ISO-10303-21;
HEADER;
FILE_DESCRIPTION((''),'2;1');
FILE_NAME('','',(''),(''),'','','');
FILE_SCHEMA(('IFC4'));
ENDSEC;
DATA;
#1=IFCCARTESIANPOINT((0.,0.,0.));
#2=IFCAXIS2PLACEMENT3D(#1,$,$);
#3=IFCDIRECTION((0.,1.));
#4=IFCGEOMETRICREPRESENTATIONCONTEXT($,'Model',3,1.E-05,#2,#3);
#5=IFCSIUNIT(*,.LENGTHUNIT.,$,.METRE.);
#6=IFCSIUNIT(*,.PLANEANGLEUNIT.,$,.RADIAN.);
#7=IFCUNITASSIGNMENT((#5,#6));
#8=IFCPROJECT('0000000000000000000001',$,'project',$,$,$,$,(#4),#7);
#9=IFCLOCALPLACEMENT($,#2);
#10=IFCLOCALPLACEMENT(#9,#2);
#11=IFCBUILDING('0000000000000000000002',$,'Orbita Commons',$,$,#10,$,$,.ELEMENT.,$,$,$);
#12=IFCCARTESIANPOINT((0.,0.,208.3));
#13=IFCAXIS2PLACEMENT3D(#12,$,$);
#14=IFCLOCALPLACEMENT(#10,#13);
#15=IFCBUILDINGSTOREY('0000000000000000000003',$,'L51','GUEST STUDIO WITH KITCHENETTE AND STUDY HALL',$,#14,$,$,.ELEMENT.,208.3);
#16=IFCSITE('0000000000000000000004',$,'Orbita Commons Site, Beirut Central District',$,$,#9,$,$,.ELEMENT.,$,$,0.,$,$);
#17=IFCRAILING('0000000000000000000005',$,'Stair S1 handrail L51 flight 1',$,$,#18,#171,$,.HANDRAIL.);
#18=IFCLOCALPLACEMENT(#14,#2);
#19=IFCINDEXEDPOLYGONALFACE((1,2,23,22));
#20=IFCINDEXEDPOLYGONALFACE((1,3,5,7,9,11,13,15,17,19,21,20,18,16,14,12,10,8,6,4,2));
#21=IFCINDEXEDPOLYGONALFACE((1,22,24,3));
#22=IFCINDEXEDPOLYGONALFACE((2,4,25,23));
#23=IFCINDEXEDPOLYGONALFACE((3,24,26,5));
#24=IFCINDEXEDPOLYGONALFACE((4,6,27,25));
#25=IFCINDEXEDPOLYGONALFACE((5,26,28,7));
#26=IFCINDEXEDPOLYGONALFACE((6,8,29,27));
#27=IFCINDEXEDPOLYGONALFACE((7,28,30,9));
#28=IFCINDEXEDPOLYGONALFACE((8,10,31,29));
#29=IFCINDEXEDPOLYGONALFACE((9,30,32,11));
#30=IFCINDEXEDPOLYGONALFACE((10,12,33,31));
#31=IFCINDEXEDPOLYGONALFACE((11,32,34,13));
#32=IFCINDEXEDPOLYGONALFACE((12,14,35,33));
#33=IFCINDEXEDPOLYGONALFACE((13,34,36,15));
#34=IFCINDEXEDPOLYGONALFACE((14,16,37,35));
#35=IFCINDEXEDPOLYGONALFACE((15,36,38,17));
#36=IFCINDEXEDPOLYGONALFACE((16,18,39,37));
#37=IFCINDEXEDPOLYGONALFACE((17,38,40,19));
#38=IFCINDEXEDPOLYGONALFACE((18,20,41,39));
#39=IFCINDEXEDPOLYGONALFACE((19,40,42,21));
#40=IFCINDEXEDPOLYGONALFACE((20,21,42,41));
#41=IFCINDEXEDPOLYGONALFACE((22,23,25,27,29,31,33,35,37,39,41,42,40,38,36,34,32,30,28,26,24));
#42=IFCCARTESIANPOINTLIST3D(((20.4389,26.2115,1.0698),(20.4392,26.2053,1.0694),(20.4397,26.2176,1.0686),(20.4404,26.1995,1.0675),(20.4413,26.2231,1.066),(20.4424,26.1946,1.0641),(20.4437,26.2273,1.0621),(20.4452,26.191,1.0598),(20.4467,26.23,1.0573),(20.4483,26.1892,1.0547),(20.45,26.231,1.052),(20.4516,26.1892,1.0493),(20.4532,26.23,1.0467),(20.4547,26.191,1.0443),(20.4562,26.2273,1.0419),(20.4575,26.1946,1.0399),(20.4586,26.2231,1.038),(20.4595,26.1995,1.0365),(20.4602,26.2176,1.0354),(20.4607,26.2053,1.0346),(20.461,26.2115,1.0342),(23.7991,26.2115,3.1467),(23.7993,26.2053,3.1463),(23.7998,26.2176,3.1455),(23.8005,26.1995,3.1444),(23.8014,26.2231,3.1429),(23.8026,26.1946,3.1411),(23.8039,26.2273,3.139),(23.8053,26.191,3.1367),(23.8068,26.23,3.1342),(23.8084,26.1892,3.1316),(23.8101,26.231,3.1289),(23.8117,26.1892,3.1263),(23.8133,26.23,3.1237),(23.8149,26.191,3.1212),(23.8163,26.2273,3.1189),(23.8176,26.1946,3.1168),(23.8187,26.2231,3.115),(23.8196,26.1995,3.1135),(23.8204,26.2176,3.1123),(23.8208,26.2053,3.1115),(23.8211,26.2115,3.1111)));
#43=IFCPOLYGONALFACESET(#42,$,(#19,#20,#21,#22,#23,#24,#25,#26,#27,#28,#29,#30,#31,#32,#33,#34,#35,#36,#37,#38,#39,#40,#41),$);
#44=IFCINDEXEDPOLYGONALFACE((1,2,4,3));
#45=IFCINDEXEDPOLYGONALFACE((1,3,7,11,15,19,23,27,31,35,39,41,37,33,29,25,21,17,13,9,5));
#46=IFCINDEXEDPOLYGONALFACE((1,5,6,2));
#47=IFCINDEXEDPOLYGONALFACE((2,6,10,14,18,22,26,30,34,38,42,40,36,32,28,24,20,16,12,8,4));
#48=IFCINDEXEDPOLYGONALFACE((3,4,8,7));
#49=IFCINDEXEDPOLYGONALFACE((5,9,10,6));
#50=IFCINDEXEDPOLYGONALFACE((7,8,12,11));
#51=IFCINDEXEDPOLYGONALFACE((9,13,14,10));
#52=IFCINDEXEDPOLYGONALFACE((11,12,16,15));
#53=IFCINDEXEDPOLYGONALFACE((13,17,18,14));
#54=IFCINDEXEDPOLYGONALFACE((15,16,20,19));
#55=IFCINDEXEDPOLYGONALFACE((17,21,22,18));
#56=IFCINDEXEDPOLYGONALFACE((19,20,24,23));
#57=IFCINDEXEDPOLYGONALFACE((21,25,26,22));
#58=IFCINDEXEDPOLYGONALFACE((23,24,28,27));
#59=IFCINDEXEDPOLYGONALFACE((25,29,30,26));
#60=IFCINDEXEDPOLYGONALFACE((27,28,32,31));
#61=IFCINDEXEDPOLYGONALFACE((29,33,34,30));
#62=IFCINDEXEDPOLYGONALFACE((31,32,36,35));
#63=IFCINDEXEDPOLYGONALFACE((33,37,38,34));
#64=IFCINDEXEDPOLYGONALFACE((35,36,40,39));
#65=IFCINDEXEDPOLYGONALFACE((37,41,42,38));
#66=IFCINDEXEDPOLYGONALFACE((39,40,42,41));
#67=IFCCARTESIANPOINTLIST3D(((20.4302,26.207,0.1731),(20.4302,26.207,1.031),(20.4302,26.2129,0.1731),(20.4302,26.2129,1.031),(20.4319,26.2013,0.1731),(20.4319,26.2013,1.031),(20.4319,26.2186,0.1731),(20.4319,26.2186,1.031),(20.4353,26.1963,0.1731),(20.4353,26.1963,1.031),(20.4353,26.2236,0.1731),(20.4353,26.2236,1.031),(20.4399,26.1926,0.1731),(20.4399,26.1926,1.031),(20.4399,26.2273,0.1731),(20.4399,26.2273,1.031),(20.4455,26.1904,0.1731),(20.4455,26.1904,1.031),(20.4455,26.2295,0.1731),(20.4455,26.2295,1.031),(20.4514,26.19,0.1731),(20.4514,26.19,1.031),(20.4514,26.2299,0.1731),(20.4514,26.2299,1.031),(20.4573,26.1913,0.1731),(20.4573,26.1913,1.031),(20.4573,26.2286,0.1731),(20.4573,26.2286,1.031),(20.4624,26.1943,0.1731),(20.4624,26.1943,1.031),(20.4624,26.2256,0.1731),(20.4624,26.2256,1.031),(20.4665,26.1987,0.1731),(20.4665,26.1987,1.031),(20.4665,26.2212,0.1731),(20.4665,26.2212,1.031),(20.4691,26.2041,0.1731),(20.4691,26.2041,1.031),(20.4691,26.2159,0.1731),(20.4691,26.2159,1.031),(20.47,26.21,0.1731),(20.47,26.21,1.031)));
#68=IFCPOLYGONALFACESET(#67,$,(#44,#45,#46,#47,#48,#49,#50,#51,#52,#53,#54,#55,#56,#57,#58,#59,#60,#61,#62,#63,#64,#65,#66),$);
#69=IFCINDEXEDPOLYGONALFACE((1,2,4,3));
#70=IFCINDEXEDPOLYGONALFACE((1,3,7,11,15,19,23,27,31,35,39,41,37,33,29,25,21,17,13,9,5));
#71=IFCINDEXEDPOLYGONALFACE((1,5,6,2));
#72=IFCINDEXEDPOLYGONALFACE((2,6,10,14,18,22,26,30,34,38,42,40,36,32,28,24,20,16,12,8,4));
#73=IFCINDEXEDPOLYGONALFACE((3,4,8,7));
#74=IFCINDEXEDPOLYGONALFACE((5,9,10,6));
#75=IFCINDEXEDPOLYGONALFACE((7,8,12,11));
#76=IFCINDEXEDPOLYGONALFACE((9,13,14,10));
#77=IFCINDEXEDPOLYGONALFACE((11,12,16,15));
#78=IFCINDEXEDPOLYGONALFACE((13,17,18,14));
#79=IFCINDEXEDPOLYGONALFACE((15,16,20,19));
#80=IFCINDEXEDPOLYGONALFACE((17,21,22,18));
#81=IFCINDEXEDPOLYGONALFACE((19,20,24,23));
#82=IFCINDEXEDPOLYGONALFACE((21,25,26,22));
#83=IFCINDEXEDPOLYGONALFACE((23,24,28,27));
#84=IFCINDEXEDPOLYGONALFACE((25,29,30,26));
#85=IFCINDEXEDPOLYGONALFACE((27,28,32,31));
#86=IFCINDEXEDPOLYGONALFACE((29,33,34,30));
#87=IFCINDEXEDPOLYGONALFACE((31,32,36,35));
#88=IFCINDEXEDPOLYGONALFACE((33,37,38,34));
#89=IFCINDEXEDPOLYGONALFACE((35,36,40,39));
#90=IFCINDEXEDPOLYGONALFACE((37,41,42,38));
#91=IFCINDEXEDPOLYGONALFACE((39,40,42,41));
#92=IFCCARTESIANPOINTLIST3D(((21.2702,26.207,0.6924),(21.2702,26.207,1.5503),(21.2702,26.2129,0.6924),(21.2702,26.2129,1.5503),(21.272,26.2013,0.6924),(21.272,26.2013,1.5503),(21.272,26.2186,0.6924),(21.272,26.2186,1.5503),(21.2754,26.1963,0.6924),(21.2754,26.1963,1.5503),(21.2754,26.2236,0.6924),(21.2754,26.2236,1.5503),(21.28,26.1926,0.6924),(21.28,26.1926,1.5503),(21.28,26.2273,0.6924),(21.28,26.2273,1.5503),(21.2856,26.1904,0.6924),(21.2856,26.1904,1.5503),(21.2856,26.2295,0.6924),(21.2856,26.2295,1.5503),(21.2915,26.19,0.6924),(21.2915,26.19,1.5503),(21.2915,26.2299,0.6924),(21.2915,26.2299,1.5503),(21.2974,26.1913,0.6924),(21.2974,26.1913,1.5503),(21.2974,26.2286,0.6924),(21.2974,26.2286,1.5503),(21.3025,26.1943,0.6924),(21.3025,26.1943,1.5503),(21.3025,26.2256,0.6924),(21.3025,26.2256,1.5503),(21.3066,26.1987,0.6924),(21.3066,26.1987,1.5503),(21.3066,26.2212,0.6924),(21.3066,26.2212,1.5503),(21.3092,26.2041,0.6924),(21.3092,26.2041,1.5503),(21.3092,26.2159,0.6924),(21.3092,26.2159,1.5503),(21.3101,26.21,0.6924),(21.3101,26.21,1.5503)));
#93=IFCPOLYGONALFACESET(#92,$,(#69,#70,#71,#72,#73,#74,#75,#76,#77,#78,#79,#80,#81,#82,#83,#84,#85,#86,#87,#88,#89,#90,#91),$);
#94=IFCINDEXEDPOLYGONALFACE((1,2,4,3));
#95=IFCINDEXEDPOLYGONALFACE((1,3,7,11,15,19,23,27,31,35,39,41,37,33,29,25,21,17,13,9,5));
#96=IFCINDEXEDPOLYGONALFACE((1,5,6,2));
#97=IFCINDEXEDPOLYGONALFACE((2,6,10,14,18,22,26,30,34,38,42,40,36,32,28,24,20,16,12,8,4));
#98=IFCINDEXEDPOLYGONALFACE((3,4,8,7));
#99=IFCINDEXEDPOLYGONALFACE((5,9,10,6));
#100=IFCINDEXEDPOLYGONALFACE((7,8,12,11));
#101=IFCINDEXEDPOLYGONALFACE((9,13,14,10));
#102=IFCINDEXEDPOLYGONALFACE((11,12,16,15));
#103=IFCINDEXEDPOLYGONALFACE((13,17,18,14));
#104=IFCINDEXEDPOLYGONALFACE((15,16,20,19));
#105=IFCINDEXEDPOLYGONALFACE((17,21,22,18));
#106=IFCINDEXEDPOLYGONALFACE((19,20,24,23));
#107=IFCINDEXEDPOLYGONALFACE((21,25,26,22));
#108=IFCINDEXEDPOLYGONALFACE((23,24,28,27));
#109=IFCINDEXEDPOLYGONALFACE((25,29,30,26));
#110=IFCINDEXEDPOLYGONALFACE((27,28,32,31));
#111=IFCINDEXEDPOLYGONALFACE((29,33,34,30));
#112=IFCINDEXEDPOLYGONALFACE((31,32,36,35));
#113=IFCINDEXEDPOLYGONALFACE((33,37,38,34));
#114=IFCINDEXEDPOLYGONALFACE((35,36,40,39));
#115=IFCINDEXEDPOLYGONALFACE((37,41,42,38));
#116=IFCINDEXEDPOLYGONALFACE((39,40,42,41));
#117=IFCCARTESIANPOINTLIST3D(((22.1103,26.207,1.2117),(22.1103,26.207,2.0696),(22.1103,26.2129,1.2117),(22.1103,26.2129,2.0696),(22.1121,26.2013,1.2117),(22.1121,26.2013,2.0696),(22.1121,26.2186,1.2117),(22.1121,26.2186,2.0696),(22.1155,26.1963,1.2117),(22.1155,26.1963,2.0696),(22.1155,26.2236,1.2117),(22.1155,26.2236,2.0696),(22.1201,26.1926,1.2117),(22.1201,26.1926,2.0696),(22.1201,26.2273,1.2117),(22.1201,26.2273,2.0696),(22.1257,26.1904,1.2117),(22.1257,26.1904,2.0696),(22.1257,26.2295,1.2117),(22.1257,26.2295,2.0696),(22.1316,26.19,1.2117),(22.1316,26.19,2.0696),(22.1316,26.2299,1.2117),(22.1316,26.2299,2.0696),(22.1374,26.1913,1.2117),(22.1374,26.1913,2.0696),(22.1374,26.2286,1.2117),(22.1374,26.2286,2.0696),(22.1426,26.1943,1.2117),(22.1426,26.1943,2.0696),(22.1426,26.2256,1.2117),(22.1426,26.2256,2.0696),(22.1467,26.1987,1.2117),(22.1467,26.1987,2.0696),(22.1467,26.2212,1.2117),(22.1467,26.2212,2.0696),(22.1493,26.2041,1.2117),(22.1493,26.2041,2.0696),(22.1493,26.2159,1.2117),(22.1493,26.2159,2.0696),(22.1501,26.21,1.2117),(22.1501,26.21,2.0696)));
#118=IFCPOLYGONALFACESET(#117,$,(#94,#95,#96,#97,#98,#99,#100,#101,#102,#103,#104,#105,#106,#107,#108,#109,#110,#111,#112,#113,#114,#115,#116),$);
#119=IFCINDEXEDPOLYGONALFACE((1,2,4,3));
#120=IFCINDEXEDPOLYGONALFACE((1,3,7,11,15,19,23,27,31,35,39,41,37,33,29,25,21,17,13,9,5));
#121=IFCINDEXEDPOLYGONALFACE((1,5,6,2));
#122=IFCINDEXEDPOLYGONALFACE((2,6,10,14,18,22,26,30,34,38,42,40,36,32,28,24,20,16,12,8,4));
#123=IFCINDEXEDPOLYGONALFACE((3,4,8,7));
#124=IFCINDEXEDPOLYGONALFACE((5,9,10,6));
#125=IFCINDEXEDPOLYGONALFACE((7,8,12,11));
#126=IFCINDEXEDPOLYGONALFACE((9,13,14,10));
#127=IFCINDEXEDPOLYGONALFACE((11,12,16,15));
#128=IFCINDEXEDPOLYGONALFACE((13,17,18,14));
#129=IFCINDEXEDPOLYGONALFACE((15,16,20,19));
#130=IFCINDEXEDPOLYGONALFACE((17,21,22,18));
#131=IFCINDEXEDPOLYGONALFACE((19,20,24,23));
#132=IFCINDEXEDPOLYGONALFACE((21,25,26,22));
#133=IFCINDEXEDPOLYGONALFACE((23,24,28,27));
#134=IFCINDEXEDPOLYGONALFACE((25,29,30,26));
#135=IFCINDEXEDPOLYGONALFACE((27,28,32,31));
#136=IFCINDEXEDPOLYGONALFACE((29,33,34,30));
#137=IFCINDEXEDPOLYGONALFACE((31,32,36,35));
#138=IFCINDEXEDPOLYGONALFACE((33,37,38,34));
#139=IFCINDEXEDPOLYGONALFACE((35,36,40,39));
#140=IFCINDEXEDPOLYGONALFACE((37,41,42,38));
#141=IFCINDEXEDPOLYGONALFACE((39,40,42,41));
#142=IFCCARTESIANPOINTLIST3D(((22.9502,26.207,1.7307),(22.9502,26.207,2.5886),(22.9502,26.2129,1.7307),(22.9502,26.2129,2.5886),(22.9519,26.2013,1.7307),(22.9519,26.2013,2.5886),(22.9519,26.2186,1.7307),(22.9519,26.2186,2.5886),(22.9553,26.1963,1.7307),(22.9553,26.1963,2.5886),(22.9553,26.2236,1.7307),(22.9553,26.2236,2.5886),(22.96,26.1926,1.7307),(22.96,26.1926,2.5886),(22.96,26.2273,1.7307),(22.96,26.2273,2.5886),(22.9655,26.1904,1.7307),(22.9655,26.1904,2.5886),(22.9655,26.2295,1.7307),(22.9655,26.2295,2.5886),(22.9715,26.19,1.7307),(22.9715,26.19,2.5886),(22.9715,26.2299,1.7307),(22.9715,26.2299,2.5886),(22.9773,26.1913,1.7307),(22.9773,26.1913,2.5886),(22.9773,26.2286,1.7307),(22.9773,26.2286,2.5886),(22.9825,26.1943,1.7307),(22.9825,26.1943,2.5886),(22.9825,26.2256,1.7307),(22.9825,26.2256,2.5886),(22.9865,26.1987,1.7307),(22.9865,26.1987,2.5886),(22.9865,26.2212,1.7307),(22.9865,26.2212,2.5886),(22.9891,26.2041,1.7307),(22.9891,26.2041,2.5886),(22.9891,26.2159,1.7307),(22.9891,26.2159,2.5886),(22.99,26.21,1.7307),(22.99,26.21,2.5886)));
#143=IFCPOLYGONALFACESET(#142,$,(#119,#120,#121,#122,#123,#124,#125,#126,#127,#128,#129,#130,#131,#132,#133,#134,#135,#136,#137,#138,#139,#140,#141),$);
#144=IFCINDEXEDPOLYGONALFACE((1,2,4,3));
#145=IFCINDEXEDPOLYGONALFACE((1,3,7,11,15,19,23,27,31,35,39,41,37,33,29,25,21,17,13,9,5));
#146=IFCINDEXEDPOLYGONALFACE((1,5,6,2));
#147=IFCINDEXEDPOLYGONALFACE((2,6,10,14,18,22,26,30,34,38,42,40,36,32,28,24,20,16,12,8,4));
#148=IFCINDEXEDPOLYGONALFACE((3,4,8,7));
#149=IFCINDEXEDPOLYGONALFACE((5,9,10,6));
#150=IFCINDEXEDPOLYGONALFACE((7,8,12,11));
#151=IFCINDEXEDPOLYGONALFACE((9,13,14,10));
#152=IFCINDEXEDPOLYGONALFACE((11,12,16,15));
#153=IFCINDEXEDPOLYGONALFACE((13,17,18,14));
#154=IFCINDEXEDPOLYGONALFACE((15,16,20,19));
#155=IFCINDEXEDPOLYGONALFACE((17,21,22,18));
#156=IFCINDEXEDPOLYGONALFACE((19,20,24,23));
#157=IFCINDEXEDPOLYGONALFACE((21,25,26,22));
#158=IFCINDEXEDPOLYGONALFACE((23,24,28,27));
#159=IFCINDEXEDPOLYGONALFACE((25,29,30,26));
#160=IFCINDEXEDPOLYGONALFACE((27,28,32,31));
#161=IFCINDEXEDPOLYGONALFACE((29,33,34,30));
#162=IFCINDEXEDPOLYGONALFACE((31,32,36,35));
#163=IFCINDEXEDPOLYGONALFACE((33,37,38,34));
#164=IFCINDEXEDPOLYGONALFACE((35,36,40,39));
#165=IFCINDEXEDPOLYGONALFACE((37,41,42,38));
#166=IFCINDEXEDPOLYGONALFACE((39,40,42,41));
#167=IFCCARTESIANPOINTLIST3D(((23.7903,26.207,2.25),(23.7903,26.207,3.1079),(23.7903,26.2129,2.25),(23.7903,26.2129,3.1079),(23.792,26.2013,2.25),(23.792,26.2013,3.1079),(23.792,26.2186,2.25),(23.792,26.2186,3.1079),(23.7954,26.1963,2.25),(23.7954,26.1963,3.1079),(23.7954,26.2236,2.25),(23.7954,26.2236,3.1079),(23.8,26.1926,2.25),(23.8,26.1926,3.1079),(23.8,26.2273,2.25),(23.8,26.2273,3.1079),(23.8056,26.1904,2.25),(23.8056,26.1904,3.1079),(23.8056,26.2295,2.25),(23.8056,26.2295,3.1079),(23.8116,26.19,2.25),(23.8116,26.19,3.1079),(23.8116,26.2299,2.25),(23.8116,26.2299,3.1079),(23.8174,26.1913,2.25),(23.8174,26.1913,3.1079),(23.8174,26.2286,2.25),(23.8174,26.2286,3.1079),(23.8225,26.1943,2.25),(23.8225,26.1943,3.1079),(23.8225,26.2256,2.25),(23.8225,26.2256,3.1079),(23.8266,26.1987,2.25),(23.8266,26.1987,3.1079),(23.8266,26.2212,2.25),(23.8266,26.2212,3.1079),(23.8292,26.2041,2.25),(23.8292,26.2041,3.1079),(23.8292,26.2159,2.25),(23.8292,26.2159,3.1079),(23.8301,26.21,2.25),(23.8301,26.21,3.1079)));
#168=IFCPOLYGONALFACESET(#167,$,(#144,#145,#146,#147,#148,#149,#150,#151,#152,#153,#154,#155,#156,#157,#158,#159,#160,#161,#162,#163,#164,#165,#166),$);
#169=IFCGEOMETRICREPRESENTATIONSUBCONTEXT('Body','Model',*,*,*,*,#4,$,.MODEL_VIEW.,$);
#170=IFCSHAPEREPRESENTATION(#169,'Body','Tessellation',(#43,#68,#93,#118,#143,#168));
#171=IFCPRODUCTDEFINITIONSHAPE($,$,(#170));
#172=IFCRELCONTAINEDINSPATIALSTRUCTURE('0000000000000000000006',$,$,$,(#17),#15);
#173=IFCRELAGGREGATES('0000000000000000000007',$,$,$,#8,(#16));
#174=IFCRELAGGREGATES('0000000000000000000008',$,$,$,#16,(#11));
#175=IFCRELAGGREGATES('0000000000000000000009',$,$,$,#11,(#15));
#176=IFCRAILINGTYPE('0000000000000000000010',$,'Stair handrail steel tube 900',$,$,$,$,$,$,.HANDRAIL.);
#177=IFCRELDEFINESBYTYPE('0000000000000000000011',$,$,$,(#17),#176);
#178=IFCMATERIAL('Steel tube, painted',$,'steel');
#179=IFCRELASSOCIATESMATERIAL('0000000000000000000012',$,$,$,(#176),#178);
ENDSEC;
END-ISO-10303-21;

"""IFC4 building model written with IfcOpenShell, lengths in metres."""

from ifc_helpers import new_model, si_unit, direction, frame, origin, origin_2d, place, context, subcontext, project, spatial, circle, extrude, material, type_object, element, save


model = new_model("IFC4")

# Units and contexts
model_context = context("Model", 3, precision=1e-05, world=origin(), true_north=direction((0.0, 1.0)))
body_context = subcontext(model_context, "Body", "Model", "MODEL_VIEW")
ifc_project = project(units=[si_unit("LENGTHUNIT", "METRE"), si_unit("PLANEANGLEUNIT", "RADIAN")], contexts=[model_context])

# Site, building, storey
site_placement = place(None, origin())
site = spatial("IfcSite", under=ifc_project, at=site_placement, Name="Orbita Commons Site, Beirut Central District", CompositionType="ELEMENT", RefElevation=0.0)
building_placement = place(site_placement, origin())
building = spatial("IfcBuilding", under=site, at=building_placement, Name="Orbita Commons", CompositionType="ELEMENT")
storey_placement = place(building_placement, frame((0.0, 0.0, 208.3)))
storey = spatial("IfcBuildingStorey", under=building, at=storey_placement, Name="L51", Description="GUEST STUDIO WITH KITCHENETTE AND STUDY HALL", CompositionType="ELEMENT", Elevation=208.3)

# Railing
ifc_material_1 = material(Name="Steel tube, painted", Category="steel")
railing_type = type_object("IfcRailingType", Name="Stair handrail steel tube 900", PredefinedType="HANDRAIL", material=ifc_material_1)
for number, where, name in (
    (1, (20.45, 26.21, 0.1731), "Stair S1 handrail L51 flight 1"),
):
    element("IfcRailing", number, at=place(storey_placement, frame(where)), inside=storey, type_object=railing_type, Name=name, PredefinedType="HANDRAIL", context=body_context, shape_type="SweptSolid", body=[
        extrude(circle(Radius=0.021, at=origin_2d()), frame((0.0, 0.0, 0.8789), z_axis=(0.850623, 0.0, 0.525776), x_axis=(0.0, 1.0, 0.0)), (0.0, 0.0, 1.0), 3.9502),
        extrude(circle(Radius=0.02, at=origin_2d()), origin(), (0.0, 0.0, 1.0), 0.8579),
        extrude(circle(Radius=0.02, at=origin_2d()), frame((0.8401, 0.0, 0.5193)), (0.0, 0.0, 1.0), 0.8579),
        extrude(circle(Radius=0.02, at=origin_2d()), frame((1.6802, 0.0, 1.0386)), (0.0, 0.0, 1.0), 0.8579),
        extrude(circle(Radius=0.02, at=origin_2d()), frame((2.52, 0.0, 1.5576)), (0.0, 0.0, 1.0), 0.8579),
        extrude(circle(Radius=0.02, at=origin_2d()), frame((3.3601, 0.0, 2.0769)), (0.0, 0.0, 1.0), 0.8579),
    ])

save(model, "model.ifc")
